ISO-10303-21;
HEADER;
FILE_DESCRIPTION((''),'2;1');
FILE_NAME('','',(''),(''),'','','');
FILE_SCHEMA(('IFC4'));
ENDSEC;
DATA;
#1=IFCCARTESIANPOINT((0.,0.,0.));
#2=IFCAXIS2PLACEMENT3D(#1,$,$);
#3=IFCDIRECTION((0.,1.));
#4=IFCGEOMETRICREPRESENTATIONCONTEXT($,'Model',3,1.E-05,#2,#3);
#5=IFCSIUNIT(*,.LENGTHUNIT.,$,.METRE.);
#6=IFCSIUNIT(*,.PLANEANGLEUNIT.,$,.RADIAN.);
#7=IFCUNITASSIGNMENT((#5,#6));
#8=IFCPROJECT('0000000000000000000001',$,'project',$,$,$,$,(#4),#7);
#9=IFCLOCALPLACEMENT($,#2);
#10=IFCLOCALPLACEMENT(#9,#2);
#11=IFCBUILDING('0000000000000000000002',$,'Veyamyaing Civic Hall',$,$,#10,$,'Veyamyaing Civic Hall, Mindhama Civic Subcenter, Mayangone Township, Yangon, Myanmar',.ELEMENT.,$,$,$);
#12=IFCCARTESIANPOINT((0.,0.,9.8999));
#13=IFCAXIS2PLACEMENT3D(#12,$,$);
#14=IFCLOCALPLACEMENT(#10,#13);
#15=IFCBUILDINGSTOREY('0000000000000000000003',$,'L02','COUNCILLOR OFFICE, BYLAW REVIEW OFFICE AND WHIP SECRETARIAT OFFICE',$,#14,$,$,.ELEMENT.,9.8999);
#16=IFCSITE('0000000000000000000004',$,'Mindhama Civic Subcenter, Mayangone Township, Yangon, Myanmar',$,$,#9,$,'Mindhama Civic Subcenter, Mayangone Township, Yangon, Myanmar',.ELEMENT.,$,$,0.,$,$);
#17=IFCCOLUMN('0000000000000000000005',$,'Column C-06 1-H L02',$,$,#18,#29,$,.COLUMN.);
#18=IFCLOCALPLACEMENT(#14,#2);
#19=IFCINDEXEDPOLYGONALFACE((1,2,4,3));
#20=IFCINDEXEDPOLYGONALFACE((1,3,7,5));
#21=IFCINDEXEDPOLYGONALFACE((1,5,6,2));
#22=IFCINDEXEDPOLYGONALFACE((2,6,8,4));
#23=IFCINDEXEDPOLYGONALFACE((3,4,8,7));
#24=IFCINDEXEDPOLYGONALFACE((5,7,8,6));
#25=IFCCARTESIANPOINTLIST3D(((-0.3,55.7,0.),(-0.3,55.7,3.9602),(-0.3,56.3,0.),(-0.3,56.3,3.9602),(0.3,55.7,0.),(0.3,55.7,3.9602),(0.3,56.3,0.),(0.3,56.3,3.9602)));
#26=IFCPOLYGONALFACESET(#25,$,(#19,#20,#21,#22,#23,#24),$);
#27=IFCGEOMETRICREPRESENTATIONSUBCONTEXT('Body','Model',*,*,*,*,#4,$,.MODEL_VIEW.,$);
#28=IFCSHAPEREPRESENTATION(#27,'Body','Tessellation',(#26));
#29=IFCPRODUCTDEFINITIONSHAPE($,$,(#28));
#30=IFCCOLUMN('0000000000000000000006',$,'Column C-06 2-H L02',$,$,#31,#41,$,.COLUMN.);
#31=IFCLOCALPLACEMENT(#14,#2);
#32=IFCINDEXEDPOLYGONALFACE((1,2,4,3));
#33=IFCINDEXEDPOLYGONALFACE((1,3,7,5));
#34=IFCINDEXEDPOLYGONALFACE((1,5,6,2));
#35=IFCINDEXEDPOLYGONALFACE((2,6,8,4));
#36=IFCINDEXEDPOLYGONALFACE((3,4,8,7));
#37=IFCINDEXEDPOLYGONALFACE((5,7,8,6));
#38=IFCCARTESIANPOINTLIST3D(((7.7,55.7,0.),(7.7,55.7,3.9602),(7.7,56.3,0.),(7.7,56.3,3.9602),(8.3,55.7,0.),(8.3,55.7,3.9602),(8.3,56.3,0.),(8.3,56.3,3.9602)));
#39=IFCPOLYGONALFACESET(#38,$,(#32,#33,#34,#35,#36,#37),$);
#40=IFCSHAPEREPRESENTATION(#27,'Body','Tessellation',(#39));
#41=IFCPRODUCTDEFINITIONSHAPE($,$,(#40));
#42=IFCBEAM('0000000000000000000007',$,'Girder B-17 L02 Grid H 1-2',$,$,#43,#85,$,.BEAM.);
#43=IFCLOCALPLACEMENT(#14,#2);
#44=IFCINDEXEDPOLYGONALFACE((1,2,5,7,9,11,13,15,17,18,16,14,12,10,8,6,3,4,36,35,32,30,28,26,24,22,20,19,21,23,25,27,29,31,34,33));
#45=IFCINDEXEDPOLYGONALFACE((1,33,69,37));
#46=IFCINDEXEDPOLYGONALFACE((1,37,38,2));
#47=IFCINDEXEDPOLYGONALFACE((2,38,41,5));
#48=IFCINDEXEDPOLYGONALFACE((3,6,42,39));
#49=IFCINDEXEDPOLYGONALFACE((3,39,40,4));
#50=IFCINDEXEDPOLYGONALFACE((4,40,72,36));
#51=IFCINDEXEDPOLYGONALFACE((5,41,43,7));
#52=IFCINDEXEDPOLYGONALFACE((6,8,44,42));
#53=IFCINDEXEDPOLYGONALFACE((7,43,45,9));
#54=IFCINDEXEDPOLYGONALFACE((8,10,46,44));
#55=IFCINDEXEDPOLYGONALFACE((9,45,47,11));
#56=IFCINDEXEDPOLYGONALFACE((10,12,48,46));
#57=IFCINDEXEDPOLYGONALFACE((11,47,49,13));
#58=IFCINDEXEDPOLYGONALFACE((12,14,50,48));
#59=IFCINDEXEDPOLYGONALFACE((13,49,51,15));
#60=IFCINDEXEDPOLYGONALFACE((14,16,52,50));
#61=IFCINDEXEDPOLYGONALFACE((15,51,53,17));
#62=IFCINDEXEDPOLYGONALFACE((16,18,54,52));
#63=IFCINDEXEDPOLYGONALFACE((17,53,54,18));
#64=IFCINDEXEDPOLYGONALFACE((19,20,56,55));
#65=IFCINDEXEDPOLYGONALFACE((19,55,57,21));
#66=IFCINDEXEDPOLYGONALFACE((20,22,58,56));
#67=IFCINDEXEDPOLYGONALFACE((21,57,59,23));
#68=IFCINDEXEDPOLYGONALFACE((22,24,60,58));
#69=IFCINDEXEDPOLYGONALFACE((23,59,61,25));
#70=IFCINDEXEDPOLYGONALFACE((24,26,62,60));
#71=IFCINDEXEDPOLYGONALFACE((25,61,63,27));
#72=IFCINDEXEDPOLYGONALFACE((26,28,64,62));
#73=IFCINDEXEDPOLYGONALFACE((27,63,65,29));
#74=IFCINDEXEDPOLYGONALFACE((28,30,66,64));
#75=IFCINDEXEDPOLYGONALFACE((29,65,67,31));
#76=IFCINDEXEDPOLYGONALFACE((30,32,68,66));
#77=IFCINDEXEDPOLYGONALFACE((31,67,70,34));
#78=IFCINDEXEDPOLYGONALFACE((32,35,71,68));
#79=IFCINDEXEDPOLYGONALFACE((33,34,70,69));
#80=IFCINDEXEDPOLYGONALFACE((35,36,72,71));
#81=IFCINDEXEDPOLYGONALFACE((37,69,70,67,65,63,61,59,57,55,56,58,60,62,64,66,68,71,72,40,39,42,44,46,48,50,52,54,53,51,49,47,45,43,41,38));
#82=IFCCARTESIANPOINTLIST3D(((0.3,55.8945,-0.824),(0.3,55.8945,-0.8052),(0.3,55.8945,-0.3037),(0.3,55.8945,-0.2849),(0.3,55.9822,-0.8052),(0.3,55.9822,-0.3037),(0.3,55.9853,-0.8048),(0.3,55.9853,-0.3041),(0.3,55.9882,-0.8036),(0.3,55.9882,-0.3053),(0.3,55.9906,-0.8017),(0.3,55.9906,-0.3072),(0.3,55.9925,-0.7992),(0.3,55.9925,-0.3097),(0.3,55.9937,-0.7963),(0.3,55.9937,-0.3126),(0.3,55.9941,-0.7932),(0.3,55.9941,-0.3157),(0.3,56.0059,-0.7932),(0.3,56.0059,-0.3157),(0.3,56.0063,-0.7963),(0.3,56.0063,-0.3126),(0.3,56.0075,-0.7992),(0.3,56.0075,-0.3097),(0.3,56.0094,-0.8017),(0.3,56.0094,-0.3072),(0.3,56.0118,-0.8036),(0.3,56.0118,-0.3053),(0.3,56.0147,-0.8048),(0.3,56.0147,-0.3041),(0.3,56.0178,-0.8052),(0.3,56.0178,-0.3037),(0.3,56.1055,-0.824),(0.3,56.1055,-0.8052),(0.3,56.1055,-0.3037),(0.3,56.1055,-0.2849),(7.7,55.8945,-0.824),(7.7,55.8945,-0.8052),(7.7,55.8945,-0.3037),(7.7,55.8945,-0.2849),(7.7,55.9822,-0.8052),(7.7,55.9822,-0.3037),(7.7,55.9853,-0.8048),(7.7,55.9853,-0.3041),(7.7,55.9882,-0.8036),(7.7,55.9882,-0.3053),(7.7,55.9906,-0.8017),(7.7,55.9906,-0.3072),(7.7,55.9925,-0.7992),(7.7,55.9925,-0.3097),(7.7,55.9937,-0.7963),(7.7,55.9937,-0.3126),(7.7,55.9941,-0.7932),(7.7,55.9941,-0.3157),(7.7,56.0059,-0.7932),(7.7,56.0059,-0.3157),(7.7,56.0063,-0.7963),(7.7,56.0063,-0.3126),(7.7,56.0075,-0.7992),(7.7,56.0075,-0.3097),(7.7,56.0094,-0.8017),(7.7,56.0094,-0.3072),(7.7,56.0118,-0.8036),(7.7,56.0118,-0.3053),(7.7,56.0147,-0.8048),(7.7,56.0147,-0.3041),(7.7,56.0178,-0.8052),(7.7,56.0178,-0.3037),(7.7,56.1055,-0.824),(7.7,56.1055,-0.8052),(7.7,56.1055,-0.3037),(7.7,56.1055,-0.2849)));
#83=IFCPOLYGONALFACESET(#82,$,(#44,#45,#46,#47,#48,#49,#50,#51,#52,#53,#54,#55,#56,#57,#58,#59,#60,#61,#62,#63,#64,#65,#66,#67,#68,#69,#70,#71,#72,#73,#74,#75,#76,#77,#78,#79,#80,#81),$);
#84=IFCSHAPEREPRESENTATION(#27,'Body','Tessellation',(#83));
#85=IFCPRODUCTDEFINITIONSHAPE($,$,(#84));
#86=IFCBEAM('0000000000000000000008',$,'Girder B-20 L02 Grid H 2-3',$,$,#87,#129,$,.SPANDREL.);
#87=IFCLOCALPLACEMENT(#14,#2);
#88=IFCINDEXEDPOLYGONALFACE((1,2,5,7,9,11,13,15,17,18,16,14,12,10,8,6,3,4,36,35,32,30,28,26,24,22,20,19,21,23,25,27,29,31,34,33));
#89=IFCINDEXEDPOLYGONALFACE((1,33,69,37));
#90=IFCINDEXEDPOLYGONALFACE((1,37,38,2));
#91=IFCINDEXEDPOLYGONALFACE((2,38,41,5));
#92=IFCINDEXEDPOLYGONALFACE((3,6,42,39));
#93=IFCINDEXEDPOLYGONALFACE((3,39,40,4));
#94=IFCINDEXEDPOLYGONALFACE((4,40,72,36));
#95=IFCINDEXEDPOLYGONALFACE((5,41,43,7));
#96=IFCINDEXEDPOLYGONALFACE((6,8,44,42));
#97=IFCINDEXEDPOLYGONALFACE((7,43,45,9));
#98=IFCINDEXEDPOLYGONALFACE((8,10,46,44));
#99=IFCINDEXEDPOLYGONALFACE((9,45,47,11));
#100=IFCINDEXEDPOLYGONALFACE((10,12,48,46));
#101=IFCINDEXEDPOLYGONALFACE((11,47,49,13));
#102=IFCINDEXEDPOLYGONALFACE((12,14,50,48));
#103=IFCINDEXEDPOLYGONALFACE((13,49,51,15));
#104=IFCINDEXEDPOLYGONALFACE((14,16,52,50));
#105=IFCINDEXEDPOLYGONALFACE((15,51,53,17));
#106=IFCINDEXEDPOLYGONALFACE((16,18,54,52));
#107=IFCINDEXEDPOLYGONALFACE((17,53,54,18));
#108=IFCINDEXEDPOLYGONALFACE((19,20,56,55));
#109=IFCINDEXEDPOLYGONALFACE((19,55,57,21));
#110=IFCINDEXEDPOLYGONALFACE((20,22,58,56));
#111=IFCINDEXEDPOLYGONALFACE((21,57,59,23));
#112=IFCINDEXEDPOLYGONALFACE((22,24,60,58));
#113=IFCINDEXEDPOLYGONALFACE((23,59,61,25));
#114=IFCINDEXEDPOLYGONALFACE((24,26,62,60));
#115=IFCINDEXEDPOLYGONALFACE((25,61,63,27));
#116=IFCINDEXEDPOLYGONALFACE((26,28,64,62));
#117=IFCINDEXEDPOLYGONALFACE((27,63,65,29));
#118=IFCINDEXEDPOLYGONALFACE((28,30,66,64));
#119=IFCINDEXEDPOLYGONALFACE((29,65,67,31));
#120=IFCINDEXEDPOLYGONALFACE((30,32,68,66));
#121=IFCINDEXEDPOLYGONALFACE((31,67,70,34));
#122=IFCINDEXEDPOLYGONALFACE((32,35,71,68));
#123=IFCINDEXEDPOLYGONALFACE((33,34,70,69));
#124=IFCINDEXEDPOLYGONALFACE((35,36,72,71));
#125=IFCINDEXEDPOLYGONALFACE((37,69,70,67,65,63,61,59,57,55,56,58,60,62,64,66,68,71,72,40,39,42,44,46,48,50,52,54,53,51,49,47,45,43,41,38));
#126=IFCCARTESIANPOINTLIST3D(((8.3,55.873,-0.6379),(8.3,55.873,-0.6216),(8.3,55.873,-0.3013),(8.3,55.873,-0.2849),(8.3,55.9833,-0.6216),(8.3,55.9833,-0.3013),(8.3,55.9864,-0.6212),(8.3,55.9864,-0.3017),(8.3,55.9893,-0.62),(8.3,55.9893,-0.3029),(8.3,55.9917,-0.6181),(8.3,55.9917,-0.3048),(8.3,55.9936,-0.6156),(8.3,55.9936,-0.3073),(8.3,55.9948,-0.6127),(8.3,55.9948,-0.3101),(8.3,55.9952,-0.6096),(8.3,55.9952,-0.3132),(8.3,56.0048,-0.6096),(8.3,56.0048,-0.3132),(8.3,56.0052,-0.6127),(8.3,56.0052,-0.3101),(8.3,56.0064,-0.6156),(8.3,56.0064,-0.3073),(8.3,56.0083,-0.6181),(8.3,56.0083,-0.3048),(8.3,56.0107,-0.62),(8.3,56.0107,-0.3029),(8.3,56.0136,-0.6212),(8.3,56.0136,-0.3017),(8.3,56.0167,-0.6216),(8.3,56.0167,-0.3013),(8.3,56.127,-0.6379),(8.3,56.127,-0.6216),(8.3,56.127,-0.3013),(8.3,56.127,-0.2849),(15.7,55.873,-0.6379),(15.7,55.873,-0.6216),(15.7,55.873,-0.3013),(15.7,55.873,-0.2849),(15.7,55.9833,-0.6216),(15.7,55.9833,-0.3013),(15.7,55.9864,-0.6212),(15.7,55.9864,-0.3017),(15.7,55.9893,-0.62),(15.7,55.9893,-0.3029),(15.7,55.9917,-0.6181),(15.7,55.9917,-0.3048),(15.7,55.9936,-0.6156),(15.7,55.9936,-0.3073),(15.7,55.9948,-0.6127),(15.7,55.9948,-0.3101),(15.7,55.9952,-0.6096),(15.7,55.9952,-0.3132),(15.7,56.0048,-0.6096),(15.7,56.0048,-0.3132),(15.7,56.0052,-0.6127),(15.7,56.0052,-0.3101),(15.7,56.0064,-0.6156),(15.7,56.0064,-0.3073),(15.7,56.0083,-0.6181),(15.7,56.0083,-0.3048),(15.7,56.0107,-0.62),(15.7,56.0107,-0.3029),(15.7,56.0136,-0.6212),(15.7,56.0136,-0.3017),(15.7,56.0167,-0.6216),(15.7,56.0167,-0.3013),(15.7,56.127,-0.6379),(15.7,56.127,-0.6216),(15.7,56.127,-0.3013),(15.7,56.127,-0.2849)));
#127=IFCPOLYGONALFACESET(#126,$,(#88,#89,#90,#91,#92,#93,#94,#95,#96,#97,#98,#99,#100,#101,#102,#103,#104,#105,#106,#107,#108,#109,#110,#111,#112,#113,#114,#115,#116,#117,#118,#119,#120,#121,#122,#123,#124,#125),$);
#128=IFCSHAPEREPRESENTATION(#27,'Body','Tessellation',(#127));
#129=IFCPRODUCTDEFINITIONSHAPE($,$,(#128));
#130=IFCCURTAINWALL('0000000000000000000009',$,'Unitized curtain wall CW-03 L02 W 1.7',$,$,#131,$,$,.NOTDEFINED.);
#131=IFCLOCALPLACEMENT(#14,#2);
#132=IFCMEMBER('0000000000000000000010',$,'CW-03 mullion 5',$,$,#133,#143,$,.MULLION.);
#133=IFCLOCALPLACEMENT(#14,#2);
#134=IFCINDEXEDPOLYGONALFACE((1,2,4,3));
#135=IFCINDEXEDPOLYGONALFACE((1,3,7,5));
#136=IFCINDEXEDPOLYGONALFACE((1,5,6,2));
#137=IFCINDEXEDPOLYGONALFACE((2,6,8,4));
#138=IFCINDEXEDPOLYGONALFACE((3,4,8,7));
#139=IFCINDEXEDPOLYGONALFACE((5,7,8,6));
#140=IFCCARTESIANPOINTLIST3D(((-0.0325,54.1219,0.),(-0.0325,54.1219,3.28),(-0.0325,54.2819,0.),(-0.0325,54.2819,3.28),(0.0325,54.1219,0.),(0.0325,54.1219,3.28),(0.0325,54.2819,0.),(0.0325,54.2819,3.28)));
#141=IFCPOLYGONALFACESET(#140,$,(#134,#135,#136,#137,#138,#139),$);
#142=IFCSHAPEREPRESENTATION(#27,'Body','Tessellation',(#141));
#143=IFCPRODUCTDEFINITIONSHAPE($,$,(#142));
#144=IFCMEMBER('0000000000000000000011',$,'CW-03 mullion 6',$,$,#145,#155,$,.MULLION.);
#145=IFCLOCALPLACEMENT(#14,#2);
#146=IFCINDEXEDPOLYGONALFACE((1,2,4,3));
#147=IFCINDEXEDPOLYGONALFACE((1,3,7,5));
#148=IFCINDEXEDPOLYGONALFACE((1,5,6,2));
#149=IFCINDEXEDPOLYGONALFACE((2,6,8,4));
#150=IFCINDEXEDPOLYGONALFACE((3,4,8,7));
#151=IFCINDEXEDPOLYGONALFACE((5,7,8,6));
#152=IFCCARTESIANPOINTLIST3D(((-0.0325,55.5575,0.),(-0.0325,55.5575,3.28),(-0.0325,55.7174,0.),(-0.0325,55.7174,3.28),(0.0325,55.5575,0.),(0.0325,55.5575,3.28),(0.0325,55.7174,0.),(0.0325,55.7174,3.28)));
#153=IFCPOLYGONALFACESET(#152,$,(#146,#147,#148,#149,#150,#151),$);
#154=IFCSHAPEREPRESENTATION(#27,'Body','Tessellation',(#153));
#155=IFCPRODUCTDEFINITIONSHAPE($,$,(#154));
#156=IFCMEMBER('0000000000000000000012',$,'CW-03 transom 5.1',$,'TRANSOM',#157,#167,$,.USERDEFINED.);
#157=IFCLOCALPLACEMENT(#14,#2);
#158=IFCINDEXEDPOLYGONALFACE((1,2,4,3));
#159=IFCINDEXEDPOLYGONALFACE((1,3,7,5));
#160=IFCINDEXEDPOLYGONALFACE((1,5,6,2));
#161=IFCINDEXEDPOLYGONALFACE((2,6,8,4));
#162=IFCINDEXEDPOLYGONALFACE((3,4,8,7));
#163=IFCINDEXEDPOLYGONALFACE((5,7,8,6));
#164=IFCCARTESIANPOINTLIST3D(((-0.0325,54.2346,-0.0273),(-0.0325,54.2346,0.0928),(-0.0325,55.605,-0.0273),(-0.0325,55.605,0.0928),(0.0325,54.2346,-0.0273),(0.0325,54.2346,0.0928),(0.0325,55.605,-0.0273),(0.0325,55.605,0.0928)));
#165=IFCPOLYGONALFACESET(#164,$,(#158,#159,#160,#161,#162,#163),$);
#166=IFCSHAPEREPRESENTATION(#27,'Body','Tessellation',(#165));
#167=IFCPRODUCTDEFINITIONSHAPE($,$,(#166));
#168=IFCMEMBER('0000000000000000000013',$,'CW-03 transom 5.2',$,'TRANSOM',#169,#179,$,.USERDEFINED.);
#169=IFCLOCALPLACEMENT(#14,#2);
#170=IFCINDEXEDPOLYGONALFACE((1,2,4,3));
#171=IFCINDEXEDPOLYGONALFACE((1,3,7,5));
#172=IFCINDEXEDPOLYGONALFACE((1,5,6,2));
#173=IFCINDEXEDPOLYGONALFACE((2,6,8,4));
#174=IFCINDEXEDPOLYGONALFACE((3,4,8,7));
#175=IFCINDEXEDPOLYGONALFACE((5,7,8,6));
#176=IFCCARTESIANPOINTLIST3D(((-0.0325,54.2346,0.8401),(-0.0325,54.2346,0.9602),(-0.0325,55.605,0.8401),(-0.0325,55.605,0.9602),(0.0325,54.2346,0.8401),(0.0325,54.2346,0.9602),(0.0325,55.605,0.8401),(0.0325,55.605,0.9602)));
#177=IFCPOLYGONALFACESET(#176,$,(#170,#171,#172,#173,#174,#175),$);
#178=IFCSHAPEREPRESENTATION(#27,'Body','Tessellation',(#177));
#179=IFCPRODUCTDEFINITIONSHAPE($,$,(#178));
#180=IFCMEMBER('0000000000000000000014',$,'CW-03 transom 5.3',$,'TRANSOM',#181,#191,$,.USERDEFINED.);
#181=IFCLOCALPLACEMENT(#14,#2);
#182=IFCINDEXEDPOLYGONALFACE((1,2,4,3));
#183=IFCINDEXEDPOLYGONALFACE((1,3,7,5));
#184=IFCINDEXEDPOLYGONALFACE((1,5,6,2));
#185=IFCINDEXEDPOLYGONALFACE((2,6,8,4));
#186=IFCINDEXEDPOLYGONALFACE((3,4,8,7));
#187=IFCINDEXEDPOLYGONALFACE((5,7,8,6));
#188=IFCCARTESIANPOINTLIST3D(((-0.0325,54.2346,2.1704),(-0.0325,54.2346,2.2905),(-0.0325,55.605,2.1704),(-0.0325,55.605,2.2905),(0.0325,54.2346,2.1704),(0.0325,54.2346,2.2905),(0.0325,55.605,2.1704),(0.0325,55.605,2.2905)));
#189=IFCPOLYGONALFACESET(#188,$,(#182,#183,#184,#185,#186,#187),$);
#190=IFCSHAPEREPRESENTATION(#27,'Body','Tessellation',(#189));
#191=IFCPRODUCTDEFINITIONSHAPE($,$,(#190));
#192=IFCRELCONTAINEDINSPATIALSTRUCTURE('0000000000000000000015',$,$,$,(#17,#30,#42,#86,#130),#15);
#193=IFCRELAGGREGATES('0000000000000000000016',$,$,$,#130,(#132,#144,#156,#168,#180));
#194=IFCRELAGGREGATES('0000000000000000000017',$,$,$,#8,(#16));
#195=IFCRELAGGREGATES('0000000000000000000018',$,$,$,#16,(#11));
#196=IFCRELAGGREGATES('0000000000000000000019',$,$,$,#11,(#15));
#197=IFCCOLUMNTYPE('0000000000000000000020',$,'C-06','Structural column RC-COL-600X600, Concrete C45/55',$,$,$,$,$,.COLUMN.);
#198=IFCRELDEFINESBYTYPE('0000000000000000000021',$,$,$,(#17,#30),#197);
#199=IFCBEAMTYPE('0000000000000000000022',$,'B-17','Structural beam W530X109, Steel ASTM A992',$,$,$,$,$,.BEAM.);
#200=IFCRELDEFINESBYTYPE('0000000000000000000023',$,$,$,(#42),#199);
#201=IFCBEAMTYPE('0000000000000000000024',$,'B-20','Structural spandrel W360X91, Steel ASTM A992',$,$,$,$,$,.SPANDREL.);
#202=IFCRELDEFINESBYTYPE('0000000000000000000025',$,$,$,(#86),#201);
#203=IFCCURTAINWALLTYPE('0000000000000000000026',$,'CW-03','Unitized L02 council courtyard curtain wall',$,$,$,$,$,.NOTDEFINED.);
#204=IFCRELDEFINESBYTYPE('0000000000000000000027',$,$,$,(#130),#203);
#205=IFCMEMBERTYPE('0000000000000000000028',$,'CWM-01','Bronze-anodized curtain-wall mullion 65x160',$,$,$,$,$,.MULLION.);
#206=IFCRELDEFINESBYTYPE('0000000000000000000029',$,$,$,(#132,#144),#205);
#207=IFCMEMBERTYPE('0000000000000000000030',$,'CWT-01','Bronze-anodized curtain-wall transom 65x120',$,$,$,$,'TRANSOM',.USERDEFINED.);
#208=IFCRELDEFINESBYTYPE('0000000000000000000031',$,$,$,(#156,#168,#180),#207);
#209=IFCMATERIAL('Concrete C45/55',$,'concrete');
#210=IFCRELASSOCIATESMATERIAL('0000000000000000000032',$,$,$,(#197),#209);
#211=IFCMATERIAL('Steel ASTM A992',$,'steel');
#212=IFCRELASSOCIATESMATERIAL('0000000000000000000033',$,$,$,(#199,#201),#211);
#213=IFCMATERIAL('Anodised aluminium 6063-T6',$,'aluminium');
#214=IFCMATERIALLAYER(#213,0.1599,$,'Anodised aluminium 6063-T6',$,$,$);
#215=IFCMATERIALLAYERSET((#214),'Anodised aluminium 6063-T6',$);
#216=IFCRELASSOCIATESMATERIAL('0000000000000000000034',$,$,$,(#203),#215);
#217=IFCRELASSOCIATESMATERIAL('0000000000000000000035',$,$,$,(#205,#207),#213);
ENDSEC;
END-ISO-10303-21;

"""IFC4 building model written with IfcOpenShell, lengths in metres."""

from ifc_helpers import new_model, si_unit, direction, frame, origin, origin_2d, place, context, subcontext, project, spatial, rectangle, i_section, extrude, material, layer, layer_set, material_profile, profile_set, type_object, element, aggregate, save


model = new_model("IFC4")

# Units and contexts
model_context = context("Model", 3, precision=1e-05, world=origin(), true_north=direction((0.0, 1.0)))
body_context = subcontext(model_context, "Body", "Model", "MODEL_VIEW")
ifc_project = project(units=[si_unit("LENGTHUNIT", "METRE"), si_unit("PLANEANGLEUNIT", "RADIAN")], contexts=[model_context])

# Site, building, storey
site_placement = place(None, origin())
site = spatial("IfcSite", under=ifc_project, at=site_placement, Name="Mindhama Civic Subcenter, Mayangone Township, Yangon, Myanmar", LongName="Mindhama Civic Subcenter, Mayangone Township, Yangon, Myanmar", CompositionType="ELEMENT", RefElevation=0.0)
building_placement = place(site_placement, origin())
building = spatial("IfcBuilding", under=site, at=building_placement, Name="Veyamyaing Civic Hall", LongName="Veyamyaing Civic Hall, Mindhama Civic Subcenter, Mayangone Township, Yangon, Myanmar", CompositionType="ELEMENT")
storey_placement = place(building_placement, frame((0.0, 0.0, 9.8999)))
storey = spatial("IfcBuildingStorey", under=building, at=storey_placement, Name="L02", Description="COUNCILLOR OFFICE, BYLAW REVIEW OFFICE AND WHIP SECRETARIAT OFFICE", CompositionType="ELEMENT", Elevation=9.8999)

# Columns
ifc_material_1 = material(Name="Concrete C45/55", Category="concrete")
ifc_material_profile_1 = material_profile(ifc_material_1, rectangle(XDim=0.6001, YDim=0.6001, at=origin_2d()), Name="RC-COL-600X600")
ifc_profile_set_1 = profile_set([ifc_material_profile_1], Name="Concrete C45/55")
column_type = type_object("IfcColumnType", Name="C-06", Description="Structural column RC-COL-600X600, Concrete C45/55", PredefinedType="COLUMN", material=ifc_profile_set_1)
for number, where, z_axis, x_axis, name in (
    (1, (0.0, 56.0, 0.0), (0.0, 0.0, 1.0), (1.0, 0.0, 0.0), "Column C-06 1-H L02"),
    (2, (8.0, 56.0, 0.0), (0.0, 0.0, 1.0), (1.0, 0.0, 0.0), "Column C-06 2-H L02"),
):
    element("IfcColumn", number, at=place(storey_placement, frame(where, z_axis=z_axis, x_axis=x_axis)), inside=storey, type_object=column_type, Name=name, PredefinedType="COLUMN", context=body_context, shape_type="SweptSolid", body=[
        extrude(rectangle(XDim=0.6001, YDim=0.6001, at=origin_2d()), origin(), (0.0, 0.0, 1.0), 3.9602),
    ])

# Beams
ifc_material_2 = material(Name="Steel ASTM A992", Category="steel")
ifc_material_profile_2 = material_profile(ifc_material_2, i_section(OverallWidth=0.2109, OverallDepth=0.5391, WebThickness=0.0117, FlangeThickness=0.0188, FilletRadius=0.012, at=origin_2d()), Name="W530X109")
ifc_profile_set_2 = profile_set([ifc_material_profile_2], Name="Steel ASTM A992")
beam_type_1 = type_object("IfcBeamType", Name="B-17", Description="Structural beam W530X109, Steel ASTM A992", PredefinedType="BEAM", material=ifc_profile_set_2)
beam_1_placement = place(storey_placement, frame((0.3, 56.0, -0.5544), z_axis=(1.0, 0.0, 0.0), x_axis=(0.0, 1.0, 0.0)))
element("IfcBeam", 3, at=beam_1_placement, inside=storey, type_object=beam_type_1, Name="Girder B-17 L02 Grid H 1-2", PredefinedType="BEAM", context=body_context, shape_type="SweptSolid", body=[
    extrude(i_section(OverallWidth=0.2109, OverallDepth=0.5391, WebThickness=0.0117, FlangeThickness=0.0188, FilletRadius=0.012, at=origin_2d()), origin(), (0.0, 0.0, 1.0), 7.3999),
])
ifc_material_profile_3 = material_profile(ifc_material_2, i_section(OverallWidth=0.2539, OverallDepth=0.353, WebThickness=0.0095, FlangeThickness=0.0164, FilletRadius=0.012, at=origin_2d()), Name="W360X91")
ifc_profile_set_3 = profile_set([ifc_material_profile_3], Name="Steel ASTM A992")
beam_type_2 = type_object("IfcBeamType", Name="B-20", Description="Structural spandrel W360X91, Steel ASTM A992", PredefinedType="SPANDREL", material=ifc_profile_set_3)
beam_2_placement = place(storey_placement, frame((8.3, 56.0, -0.4614), z_axis=(1.0, 0.0, 0.0), x_axis=(0.0, 1.0, 0.0)))
element("IfcBeam", 4, at=beam_2_placement, inside=storey, type_object=beam_type_2, Name="Girder B-20 L02 Grid H 2-3", PredefinedType="SPANDREL", context=body_context, shape_type="SweptSolid", body=[
    extrude(i_section(OverallWidth=0.2539, OverallDepth=0.353, WebThickness=0.0095, FlangeThickness=0.0164, FilletRadius=0.012, at=origin_2d()), origin(), (0.0, 0.0, 1.0), 7.3999),
])

# Curtain wall, members
ifc_material_3 = material(Name="Anodised aluminium 6063-T6", Category="aluminium")
ifc_layer_1 = layer(ifc_material_3, 0.1599, Name="Anodised aluminium 6063-T6")
ifc_layer_set_1 = layer_set([ifc_layer_1], Name="Anodised aluminium 6063-T6")
curtain_wall_type = type_object("IfcCurtainWallType", Name="CW-03", Description="Unitized L02 council courtyard curtain wall", PredefinedType="NOTDEFINED", material=ifc_layer_set_1)
curtain_wall_placement = place(storey_placement, origin())
curtain_wall = element("IfcCurtainWall", 5, at=curtain_wall_placement, inside=storey, type_object=curtain_wall_type, Name="Unitized curtain wall CW-03 L02 W 1.7", PredefinedType="NOTDEFINED")
ifc_material_profile_4 = material_profile(ifc_material_3, rectangle(XDim=0.0649, YDim=0.1599, at=origin_2d()), Name="ALU-MUL-65X160")
ifc_profile_set_4 = profile_set([ifc_material_profile_4], Name="Anodised aluminium 6063-T6")
member_type_1 = type_object("IfcMemberType", Name="CWM-01", Description="Bronze-anodized curtain-wall mullion 65x160", PredefinedType="MULLION", material=ifc_profile_set_4)
member_1_placement = place(storey_placement, frame((0.0, 54.2019, 0.0), z_axis=(0.0, 0.0, 1.0), x_axis=(-1.0, 0.0, 0.0)))
member_1 = element("IfcMember", 6, at=member_1_placement, type_object=member_type_1, Name="CW-03 mullion 5", PredefinedType="MULLION", context=body_context, shape_type="SweptSolid", body=[
    extrude(rectangle(XDim=0.0649, YDim=0.1599, at=origin_2d()), origin(), (0.0, 0.0, 1.0), 3.28),
])
member_2_placement = place(storey_placement, frame((0.0, 55.6375, 0.0), z_axis=(0.0, 0.0, 1.0), x_axis=(-1.0, 0.0, 0.0)))
member_2 = element("IfcMember", 7, at=member_2_placement, type_object=member_type_1, Name="CW-03 mullion 6", PredefinedType="MULLION", context=body_context, shape_type="SweptSolid", body=[
    extrude(rectangle(XDim=0.0649, YDim=0.1599, at=origin_2d()), origin(), (0.0, 0.0, 1.0), 3.28),
])
ifc_material_profile_5 = material_profile(ifc_material_3, rectangle(XDim=0.0649, YDim=0.1201, at=origin_2d()), Name="ALU-TRN-65X120")
ifc_profile_set_5 = profile_set([ifc_material_profile_5], Name="Anodised aluminium 6063-T6")
member_type_2 = type_object("IfcMemberType", Name="CWT-01", Description="Bronze-anodized curtain-wall transom 65x120", ElementType="TRANSOM", PredefinedType="USERDEFINED", material=ifc_profile_set_5)
member_3_placement = place(storey_placement, frame((0.0, 54.2346, 0.0327), z_axis=(0.0, 1.0, 0.0), x_axis=(-1.0, 0.0, 0.0)))
member_3 = element("IfcMember", 8, at=member_3_placement, type_object=member_type_2, Name="CW-03 transom 5.1", ObjectType="TRANSOM", PredefinedType="USERDEFINED", context=body_context, shape_type="SweptSolid", body=[
    extrude(rectangle(XDim=0.0649, YDim=0.1201, at=origin_2d()), origin(), (0.0, 0.0, 1.0), 1.3704),
])
member_4_placement = place(storey_placement, frame((0.0, 54.2346, 0.9001), z_axis=(0.0, 1.0, 0.0), x_axis=(-1.0, 0.0, 0.0)))
member_4 = element("IfcMember", 9, at=member_4_placement, type_object=member_type_2, Name="CW-03 transom 5.2", ObjectType="TRANSOM", PredefinedType="USERDEFINED", context=body_context, shape_type="SweptSolid", body=[
    extrude(rectangle(XDim=0.0649, YDim=0.1201, at=origin_2d()), origin(), (0.0, 0.0, 1.0), 1.3704),
])
member_5_placement = place(storey_placement, frame((0.0, 54.2346, 2.2305), z_axis=(0.0, 1.0, 0.0), x_axis=(-1.0, 0.0, 0.0)))
member_5 = element("IfcMember", 10, at=member_5_placement, type_object=member_type_2, Name="CW-03 transom 5.3", ObjectType="TRANSOM", PredefinedType="USERDEFINED", context=body_context, shape_type="SweptSolid", body=[
    extrude(rectangle(XDim=0.0649, YDim=0.1201, at=origin_2d()), origin(), (0.0, 0.0, 1.0), 1.3704),
])

aggregate(curtain_wall, [member_1, member_2, member_3, member_4, member_5])

save(model, "model.ifc")
